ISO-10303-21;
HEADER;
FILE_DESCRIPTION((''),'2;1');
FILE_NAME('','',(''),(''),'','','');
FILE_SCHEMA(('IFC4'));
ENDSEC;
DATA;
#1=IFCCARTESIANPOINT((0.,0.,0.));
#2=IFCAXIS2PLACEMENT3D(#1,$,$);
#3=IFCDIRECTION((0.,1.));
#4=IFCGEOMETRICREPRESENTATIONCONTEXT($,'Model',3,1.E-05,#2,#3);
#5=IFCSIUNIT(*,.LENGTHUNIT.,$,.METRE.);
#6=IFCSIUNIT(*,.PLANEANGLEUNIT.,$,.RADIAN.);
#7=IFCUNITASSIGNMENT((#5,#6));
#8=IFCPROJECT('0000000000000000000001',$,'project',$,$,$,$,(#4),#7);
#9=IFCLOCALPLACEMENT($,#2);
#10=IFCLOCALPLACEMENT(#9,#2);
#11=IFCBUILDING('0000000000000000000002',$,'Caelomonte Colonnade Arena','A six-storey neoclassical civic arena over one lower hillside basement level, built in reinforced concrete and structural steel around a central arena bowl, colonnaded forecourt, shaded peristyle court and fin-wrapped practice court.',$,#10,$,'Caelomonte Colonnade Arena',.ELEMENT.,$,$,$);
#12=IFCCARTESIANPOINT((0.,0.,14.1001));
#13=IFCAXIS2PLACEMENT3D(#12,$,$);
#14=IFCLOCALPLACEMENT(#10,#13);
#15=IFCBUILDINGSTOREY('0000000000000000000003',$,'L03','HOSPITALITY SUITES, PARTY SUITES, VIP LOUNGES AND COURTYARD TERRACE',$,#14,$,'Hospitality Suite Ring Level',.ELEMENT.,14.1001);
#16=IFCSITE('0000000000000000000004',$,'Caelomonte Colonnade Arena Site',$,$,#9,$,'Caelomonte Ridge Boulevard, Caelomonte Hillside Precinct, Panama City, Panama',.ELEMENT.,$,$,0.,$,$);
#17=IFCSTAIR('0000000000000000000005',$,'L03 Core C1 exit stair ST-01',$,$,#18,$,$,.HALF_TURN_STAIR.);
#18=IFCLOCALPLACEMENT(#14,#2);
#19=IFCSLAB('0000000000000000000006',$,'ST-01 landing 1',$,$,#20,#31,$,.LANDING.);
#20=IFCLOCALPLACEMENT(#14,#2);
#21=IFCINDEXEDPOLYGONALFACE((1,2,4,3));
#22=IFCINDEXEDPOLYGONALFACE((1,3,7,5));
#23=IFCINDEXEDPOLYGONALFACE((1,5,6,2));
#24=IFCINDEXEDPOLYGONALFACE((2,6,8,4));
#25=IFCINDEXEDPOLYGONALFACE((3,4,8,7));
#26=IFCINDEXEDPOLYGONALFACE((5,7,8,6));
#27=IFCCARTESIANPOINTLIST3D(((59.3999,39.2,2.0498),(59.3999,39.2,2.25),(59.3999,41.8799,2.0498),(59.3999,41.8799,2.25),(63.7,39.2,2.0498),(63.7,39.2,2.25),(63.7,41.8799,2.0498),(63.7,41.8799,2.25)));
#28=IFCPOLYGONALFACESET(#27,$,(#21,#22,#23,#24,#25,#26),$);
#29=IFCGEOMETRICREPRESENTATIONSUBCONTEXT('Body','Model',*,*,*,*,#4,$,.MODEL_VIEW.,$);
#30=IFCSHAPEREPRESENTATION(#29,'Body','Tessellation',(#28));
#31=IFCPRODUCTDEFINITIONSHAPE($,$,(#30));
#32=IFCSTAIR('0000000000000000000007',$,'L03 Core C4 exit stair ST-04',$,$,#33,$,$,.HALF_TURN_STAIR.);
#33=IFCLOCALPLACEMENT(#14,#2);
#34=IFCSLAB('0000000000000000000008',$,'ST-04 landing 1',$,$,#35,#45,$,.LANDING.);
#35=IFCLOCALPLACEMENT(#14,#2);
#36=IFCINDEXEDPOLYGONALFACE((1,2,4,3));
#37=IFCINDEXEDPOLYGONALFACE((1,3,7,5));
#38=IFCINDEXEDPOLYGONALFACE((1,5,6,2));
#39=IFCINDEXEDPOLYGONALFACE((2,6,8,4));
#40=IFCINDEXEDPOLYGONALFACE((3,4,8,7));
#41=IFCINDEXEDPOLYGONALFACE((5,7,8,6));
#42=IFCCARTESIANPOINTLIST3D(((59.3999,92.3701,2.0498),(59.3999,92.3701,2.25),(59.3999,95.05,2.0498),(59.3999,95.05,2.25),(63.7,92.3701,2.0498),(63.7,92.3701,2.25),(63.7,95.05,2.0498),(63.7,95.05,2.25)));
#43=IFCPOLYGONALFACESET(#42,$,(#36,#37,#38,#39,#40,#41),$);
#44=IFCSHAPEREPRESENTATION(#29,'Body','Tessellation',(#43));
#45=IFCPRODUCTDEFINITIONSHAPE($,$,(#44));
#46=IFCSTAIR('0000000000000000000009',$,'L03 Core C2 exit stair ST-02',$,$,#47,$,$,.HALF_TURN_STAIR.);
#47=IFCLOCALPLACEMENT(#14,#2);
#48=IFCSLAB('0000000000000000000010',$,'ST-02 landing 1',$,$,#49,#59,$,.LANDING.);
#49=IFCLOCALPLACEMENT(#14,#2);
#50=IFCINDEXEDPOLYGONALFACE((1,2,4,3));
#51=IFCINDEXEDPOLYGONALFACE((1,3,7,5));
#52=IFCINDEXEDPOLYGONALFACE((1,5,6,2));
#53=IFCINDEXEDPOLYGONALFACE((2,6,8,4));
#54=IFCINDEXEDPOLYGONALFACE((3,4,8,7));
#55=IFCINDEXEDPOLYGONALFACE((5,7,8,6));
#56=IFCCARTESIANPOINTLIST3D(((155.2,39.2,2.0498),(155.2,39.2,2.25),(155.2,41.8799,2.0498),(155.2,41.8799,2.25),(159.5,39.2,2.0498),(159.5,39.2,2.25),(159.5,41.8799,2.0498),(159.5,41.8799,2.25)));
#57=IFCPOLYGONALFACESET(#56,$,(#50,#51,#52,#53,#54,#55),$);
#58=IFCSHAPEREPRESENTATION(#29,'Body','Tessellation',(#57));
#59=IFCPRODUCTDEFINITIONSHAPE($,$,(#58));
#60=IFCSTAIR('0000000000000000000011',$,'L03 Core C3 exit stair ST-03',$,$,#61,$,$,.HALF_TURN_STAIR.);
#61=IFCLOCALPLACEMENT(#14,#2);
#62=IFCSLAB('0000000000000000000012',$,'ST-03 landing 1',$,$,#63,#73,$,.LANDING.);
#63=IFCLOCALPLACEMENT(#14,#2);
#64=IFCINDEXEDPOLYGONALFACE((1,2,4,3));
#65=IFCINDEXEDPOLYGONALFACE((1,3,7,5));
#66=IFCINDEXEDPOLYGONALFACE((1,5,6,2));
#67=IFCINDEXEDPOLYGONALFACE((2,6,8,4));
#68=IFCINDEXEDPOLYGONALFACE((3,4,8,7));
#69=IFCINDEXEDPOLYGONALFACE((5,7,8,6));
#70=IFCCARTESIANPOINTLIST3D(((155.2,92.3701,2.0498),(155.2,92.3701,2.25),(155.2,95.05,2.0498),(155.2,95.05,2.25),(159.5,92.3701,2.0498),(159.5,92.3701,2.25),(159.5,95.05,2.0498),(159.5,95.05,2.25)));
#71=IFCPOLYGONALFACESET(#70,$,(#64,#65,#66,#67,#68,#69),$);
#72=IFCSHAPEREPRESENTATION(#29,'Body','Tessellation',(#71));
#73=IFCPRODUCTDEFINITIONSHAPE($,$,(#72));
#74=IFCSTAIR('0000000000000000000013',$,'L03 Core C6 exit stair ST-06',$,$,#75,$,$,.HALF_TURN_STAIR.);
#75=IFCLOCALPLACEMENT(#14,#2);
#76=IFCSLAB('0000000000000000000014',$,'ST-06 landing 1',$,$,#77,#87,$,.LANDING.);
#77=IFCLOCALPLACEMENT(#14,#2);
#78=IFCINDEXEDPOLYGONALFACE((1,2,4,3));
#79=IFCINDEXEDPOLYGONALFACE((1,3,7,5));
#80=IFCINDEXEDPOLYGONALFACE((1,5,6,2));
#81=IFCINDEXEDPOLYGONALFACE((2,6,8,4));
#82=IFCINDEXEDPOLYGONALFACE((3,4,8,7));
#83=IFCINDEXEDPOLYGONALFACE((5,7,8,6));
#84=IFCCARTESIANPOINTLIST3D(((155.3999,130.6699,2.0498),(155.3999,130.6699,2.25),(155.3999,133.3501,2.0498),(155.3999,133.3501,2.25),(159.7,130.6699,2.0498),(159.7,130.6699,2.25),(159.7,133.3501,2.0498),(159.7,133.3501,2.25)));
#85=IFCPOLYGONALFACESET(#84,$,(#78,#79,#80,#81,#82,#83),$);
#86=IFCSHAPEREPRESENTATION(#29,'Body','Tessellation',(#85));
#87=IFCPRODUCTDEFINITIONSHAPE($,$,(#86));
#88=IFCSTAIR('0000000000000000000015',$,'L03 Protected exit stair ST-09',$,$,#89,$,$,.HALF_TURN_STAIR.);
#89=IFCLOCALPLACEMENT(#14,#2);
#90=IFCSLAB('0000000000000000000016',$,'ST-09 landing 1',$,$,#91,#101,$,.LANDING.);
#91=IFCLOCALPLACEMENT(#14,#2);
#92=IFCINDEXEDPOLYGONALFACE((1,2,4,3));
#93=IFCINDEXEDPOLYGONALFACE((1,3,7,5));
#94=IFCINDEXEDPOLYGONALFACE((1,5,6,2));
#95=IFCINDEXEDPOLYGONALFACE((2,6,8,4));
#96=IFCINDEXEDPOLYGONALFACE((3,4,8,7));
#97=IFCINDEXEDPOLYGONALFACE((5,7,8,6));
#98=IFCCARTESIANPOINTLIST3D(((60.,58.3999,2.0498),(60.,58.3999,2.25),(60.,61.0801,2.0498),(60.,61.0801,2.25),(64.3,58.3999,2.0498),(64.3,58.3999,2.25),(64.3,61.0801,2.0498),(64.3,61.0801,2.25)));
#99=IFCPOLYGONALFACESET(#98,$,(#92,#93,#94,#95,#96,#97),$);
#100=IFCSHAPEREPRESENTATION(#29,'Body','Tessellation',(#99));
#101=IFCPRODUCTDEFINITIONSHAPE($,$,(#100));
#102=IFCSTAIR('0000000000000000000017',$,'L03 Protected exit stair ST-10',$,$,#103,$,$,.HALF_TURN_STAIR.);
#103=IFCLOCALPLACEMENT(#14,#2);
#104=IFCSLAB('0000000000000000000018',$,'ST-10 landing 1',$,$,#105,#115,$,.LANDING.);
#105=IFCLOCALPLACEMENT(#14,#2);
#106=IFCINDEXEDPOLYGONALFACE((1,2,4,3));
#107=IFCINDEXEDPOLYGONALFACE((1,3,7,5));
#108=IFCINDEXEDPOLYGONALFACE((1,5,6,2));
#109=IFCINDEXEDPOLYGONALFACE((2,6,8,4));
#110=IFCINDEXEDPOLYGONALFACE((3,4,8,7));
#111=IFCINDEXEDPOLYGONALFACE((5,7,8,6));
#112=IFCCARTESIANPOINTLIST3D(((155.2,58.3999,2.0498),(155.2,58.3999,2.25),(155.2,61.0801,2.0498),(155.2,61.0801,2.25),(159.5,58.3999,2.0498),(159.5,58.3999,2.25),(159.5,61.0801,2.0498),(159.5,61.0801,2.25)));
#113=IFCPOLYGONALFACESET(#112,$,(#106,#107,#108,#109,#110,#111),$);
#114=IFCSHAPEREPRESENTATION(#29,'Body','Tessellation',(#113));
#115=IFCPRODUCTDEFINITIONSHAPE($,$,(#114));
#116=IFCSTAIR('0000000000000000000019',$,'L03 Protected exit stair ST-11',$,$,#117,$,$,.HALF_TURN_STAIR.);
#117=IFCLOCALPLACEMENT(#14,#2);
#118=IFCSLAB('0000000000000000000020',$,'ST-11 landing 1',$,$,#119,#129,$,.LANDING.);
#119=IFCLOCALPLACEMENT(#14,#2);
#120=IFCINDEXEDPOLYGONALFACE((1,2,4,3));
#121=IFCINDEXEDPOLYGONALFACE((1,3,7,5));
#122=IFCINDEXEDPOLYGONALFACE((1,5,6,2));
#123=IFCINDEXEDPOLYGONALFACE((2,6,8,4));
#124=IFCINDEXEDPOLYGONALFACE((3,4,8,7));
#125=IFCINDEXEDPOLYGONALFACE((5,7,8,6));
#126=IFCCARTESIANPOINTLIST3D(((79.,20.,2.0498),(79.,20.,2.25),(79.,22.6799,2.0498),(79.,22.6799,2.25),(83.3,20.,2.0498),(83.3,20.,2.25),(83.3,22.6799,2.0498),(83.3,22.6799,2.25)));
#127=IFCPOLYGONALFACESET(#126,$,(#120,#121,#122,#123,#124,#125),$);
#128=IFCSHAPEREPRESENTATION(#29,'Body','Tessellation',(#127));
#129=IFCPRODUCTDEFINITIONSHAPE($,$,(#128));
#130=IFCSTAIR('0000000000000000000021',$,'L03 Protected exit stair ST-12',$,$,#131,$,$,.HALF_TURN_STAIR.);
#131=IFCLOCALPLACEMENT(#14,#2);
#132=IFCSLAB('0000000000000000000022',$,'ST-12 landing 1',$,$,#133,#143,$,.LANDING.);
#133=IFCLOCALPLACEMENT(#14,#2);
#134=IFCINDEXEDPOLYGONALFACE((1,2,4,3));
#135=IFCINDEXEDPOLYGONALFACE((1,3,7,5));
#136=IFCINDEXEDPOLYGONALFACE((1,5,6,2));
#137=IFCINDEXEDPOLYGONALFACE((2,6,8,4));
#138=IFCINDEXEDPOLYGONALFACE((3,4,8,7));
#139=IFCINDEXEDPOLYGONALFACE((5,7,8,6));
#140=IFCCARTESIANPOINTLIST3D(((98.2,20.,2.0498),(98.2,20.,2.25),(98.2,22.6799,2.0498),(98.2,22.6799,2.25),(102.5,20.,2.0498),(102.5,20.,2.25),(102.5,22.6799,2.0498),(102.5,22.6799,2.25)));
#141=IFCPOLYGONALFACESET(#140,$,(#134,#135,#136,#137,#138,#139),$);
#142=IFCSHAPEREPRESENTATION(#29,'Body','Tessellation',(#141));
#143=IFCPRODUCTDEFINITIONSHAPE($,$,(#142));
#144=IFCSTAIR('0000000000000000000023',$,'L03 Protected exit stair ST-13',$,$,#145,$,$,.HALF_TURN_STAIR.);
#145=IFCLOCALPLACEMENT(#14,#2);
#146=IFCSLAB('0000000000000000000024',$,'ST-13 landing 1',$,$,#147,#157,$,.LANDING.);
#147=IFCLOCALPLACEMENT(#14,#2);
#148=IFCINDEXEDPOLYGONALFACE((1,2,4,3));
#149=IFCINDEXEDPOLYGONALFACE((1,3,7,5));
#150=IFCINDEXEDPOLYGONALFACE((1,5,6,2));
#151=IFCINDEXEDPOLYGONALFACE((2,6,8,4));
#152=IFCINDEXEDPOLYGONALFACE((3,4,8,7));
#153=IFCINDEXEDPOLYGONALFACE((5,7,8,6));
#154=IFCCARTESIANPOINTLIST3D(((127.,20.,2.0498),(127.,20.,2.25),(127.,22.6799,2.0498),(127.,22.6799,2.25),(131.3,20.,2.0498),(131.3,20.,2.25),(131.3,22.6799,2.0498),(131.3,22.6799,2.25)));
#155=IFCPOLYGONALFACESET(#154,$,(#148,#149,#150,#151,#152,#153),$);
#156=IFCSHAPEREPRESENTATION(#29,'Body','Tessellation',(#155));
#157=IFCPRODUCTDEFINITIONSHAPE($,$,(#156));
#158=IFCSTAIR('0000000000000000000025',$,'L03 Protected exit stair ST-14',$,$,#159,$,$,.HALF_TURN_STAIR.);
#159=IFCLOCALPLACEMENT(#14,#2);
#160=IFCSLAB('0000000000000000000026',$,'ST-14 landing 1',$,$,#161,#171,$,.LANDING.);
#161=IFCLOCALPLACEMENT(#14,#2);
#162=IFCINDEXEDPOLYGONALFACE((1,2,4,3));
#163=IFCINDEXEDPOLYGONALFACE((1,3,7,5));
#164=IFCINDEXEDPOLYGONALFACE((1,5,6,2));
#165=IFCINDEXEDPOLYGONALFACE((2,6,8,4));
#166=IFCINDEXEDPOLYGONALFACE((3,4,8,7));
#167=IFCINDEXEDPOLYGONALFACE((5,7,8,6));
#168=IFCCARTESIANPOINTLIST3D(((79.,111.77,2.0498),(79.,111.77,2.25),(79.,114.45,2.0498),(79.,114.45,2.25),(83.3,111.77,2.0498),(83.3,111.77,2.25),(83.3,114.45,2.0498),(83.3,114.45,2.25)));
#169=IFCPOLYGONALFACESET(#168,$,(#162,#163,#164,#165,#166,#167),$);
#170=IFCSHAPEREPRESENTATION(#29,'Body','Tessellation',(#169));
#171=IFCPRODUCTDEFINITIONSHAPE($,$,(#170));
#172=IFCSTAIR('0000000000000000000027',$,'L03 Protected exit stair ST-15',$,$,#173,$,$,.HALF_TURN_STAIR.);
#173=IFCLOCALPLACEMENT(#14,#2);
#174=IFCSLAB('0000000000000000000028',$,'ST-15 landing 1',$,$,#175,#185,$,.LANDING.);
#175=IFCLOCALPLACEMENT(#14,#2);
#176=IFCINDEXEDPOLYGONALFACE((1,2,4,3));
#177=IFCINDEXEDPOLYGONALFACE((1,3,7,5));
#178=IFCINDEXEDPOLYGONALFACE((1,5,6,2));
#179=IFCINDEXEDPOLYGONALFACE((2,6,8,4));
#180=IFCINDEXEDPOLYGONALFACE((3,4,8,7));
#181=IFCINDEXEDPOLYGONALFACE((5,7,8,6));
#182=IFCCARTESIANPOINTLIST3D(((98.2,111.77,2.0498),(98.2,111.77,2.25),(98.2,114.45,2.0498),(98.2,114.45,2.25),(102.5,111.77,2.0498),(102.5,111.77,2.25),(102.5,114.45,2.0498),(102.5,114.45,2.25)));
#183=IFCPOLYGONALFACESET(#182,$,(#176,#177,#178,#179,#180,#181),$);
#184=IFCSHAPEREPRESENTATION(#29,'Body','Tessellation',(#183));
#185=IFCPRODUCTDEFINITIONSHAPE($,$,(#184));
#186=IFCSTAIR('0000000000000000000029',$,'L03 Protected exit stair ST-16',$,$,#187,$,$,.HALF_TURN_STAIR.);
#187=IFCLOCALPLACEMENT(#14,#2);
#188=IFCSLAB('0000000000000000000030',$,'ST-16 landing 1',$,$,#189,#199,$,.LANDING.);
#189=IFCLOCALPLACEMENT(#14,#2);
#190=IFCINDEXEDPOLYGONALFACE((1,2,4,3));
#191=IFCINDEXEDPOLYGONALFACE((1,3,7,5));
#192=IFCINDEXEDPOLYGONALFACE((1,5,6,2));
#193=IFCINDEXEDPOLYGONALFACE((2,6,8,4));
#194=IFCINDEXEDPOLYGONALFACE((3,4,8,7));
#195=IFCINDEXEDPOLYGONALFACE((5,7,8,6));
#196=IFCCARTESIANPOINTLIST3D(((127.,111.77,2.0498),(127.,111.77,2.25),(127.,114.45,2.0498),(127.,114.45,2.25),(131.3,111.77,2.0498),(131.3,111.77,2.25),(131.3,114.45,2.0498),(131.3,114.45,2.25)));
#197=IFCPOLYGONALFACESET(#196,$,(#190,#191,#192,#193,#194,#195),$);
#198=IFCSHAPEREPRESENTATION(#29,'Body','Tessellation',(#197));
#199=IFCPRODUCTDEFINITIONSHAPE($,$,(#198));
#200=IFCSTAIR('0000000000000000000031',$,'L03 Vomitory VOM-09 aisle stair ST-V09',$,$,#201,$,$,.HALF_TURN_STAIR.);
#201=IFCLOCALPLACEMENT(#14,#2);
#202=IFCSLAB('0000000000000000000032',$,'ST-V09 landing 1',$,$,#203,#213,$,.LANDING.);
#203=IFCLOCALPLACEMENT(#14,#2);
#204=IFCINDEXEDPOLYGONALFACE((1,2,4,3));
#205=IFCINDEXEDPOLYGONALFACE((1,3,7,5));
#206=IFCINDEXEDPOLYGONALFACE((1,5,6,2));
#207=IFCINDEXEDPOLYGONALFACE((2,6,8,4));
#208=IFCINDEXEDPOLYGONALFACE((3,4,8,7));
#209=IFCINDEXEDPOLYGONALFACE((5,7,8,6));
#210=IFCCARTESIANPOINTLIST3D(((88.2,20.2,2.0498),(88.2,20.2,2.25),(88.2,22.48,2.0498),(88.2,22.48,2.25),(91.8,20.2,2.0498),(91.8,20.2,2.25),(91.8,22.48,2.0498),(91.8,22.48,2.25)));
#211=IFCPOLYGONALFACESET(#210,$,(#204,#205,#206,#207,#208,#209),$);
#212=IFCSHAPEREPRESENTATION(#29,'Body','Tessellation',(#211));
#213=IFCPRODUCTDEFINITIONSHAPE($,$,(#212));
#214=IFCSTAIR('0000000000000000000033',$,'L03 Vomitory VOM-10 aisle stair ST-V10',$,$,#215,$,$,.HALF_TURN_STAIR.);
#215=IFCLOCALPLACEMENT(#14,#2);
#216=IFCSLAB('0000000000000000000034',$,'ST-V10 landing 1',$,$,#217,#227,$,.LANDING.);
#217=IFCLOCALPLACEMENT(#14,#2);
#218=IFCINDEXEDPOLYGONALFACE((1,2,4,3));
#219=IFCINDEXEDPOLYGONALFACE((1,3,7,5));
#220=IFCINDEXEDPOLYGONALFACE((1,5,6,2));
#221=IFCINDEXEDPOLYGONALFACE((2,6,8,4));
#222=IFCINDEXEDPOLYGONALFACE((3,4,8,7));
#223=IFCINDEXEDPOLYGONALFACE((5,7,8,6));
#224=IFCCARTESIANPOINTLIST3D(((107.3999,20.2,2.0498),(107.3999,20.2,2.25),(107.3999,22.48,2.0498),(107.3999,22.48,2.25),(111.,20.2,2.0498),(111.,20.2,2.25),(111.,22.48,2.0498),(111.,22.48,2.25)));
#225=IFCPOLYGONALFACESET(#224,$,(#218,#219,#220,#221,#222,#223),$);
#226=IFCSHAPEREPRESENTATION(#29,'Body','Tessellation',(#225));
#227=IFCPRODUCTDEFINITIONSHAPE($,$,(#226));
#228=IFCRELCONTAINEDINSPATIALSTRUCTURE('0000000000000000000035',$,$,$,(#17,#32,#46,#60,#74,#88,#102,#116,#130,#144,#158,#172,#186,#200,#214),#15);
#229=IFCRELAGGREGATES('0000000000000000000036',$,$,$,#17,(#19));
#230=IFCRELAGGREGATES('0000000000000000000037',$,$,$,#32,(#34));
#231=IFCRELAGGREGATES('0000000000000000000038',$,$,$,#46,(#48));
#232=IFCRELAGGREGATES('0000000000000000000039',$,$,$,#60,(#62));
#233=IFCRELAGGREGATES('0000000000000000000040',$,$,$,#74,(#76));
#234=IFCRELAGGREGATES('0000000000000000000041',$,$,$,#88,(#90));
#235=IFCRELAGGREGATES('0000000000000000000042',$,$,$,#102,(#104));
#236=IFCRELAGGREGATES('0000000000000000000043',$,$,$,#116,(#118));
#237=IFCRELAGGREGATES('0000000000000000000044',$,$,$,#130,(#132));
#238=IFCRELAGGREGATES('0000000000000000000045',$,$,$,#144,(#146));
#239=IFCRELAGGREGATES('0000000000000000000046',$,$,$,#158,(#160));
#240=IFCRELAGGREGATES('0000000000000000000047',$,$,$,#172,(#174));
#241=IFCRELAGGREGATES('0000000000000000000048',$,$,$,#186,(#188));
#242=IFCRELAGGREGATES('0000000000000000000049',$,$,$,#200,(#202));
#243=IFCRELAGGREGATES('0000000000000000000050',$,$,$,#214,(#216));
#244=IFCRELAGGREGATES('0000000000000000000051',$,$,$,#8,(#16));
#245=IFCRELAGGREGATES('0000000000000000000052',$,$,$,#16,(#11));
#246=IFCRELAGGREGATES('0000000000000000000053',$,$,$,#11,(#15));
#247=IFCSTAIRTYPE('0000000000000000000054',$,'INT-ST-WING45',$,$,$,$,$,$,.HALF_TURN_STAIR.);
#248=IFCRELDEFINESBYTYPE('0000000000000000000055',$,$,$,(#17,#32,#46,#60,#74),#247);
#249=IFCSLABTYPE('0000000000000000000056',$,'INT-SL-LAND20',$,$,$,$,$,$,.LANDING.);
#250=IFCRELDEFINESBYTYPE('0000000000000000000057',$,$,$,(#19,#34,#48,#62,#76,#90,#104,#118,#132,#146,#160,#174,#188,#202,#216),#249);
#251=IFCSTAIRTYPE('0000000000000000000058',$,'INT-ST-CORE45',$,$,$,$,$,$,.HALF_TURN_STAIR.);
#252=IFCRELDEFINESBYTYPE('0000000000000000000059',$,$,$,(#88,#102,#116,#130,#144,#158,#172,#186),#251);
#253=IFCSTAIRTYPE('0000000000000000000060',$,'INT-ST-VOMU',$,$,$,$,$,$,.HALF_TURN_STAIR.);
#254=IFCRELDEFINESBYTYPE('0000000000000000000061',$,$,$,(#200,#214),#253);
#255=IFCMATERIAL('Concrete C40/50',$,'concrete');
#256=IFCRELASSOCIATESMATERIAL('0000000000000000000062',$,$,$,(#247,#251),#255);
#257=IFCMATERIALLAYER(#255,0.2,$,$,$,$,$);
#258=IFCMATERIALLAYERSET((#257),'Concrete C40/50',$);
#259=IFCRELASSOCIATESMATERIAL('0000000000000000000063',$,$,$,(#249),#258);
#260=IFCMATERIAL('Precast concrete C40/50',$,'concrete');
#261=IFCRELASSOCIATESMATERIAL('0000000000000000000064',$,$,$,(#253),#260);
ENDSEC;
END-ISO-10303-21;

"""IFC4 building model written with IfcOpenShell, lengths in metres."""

from ifc_helpers import new_model, si_unit, direction, frame, origin, place, context, subcontext, project, spatial, polyline, outline, extrude, material, layer, layer_set, type_object, element, aggregate, save


model = new_model("IFC4")

# Units and contexts
model_context = context("Model", 3, precision=1e-05, world=origin(), true_north=direction((0.0, 1.0)))
body_context = subcontext(model_context, "Body", "Model", "MODEL_VIEW")
ifc_project = project(units=[si_unit("LENGTHUNIT", "METRE"), si_unit("PLANEANGLEUNIT", "RADIAN")], contexts=[model_context])

# Site, building, storey
site_placement = place(None, origin())
site = spatial("IfcSite", under=ifc_project, at=site_placement, Name="Caelomonte Colonnade Arena Site", LongName="Caelomonte Ridge Boulevard, Caelomonte Hillside Precinct, Panama City, Panama", CompositionType="ELEMENT", RefElevation=0.0)
building_placement = place(site_placement, origin())
building = spatial("IfcBuilding", under=site, at=building_placement, Name="Caelomonte Colonnade Arena", Description="A six-storey neoclassical civic arena over one lower hillside basement level, built in reinforced concrete and structural steel around a central arena bowl, colonnaded forecourt, shaded peristyle court and fin-wrapped practice court.", LongName="Caelomonte Colonnade Arena", CompositionType="ELEMENT")
storey_placement = place(building_placement, frame((0.0, 0.0, 14.1001)))
storey = spatial("IfcBuildingStorey", under=building, at=storey_placement, Name="L03", Description="HOSPITALITY SUITES, PARTY SUITES, VIP LOUNGES AND COURTYARD TERRACE", LongName="Hospitality Suite Ring Level", CompositionType="ELEMENT", Elevation=14.1001)

# Stairs, slabs
ifc_material_1 = material(Name="Concrete C40/50", Category="concrete")
stair_type_1 = type_object("IfcStairType", Name="INT-ST-WING45", PredefinedType="HALF_TURN_STAIR", material=ifc_material_1)
stair_1_placement = place(storey_placement, origin())
stair_1 = element("IfcStair", 1, at=stair_1_placement, inside=storey, type_object=stair_type_1, Name="L03 Core C1 exit stair ST-01", PredefinedType="HALF_TURN_STAIR")
ifc_layer_1 = layer(ifc_material_1, 0.2)
ifc_layer_set_1 = layer_set([ifc_layer_1], Name="Concrete C40/50")
slab_type_1 = type_object("IfcSlabType", Name="INT-SL-LAND20", PredefinedType="LANDING", material=ifc_layer_set_1)
slab_1_placement = place(storey_placement, frame((0.0, 0.0, 2.0498)))
slab_1 = element("IfcSlab", 2, at=slab_1_placement, type_object=slab_type_1, Name="ST-01 landing 1", PredefinedType="LANDING", context=body_context, shape_type="SweptSolid", body=[
    extrude(outline(polyline([(59.3999, 41.8799), (59.3999, 39.2), (63.7, 39.2), (63.7, 41.8799), (59.3999, 41.8799)])), origin(), (0.0, 0.0, 1.0), 0.2002),
])
aggregate(stair_1, [slab_1])
stair_2_placement = place(storey_placement, origin())
stair_2 = element("IfcStair", 3, at=stair_2_placement, inside=storey, type_object=stair_type_1, Name="L03 Core C4 exit stair ST-04", PredefinedType="HALF_TURN_STAIR")
slab_2_placement = place(storey_placement, frame((0.0, 0.0, 2.0498)))
slab_2 = element("IfcSlab", 4, at=slab_2_placement, type_object=slab_type_1, Name="ST-04 landing 1", PredefinedType="LANDING", context=body_context, shape_type="SweptSolid", body=[
    extrude(outline(polyline([(63.7, 92.3701), (63.7, 95.05), (59.3999, 95.05), (59.3999, 92.3701), (63.7, 92.3701)])), origin(), (0.0, 0.0, 1.0), 0.2002),
])
aggregate(stair_2, [slab_2])
stair_3_placement = place(storey_placement, origin())
stair_3 = element("IfcStair", 5, at=stair_3_placement, inside=storey, type_object=stair_type_1, Name="L03 Core C2 exit stair ST-02", PredefinedType="HALF_TURN_STAIR")
slab_3_placement = place(storey_placement, frame((0.0, 0.0, 2.0498)))
slab_3 = element("IfcSlab", 6, at=slab_3_placement, type_object=slab_type_1, Name="ST-02 landing 1", PredefinedType="LANDING", context=body_context, shape_type="SweptSolid", body=[
    extrude(outline(polyline([(155.2, 41.8799), (155.2, 39.2), (159.5, 39.2), (159.5, 41.8799), (155.2, 41.8799)])), origin(), (0.0, 0.0, 1.0), 0.2002),
])
aggregate(stair_3, [slab_3])
stair_4_placement = place(storey_placement, origin())
stair_4 = element("IfcStair", 7, at=stair_4_placement, inside=storey, type_object=stair_type_1, Name="L03 Core C3 exit stair ST-03", PredefinedType="HALF_TURN_STAIR")
slab_4_placement = place(storey_placement, frame((0.0, 0.0, 2.0498)))
slab_4 = element("IfcSlab", 8, at=slab_4_placement, type_object=slab_type_1, Name="ST-03 landing 1", PredefinedType="LANDING", context=body_context, shape_type="SweptSolid", body=[
    extrude(outline(polyline([(159.5, 92.3701), (159.5, 95.05), (155.2, 95.05), (155.2, 92.3701), (159.5, 92.3701)])), origin(), (0.0, 0.0, 1.0), 0.2002),
])
aggregate(stair_4, [slab_4])
stair_5_placement = place(storey_placement, origin())
stair_5 = element("IfcStair", 9, at=stair_5_placement, inside=storey, type_object=stair_type_1, Name="L03 Core C6 exit stair ST-06", PredefinedType="HALF_TURN_STAIR")
slab_5_placement = place(storey_placement, frame((0.0, 0.0, 2.0498)))
slab_5 = element("IfcSlab", 10, at=slab_5_placement, type_object=slab_type_1, Name="ST-06 landing 1", PredefinedType="LANDING", context=body_context, shape_type="SweptSolid", body=[
    extrude(outline(polyline([(159.7, 130.6699), (159.7, 133.3501), (155.3999, 133.3501), (155.3999, 130.6699), (159.7, 130.6699)])), origin(), (0.0, 0.0, 1.0), 0.2002),
])
aggregate(stair_5, [slab_5])
stair_type_2 = type_object("IfcStairType", Name="INT-ST-CORE45", PredefinedType="HALF_TURN_STAIR", material=ifc_material_1)
stair_6_placement = place(storey_placement, origin())
stair_6 = element("IfcStair", 11, at=stair_6_placement, inside=storey, type_object=stair_type_2, Name="L03 Protected exit stair ST-09", PredefinedType="HALF_TURN_STAIR")
slab_6_placement = place(storey_placement, frame((0.0, 0.0, 2.0498)))
slab_6 = element("IfcSlab", 12, at=slab_6_placement, type_object=slab_type_1, Name="ST-09 landing 1", PredefinedType="LANDING", context=body_context, shape_type="SweptSolid", body=[
    extrude(outline(polyline([(60.0, 61.0801), (60.0, 58.3999), (64.3, 58.3999), (64.3, 61.0801), (60.0, 61.0801)])), origin(), (0.0, 0.0, 1.0), 0.2002),
])
aggregate(stair_6, [slab_6])
stair_7_placement = place(storey_placement, origin())
stair_7 = element("IfcStair", 13, at=stair_7_placement, inside=storey, type_object=stair_type_2, Name="L03 Protected exit stair ST-10", PredefinedType="HALF_TURN_STAIR")
slab_7_placement = place(storey_placement, frame((0.0, 0.0, 2.0498)))
slab_7 = element("IfcSlab", 14, at=slab_7_placement, type_object=slab_type_1, Name="ST-10 landing 1", PredefinedType="LANDING", context=body_context, shape_type="SweptSolid", body=[
    extrude(outline(polyline([(155.2, 61.0801), (155.2, 58.3999), (159.5, 58.3999), (159.5, 61.0801), (155.2, 61.0801)])), origin(), (0.0, 0.0, 1.0), 0.2002),
])
aggregate(stair_7, [slab_7])
stair_8_placement = place(storey_placement, origin())
stair_8 = element("IfcStair", 15, at=stair_8_placement, inside=storey, type_object=stair_type_2, Name="L03 Protected exit stair ST-11", PredefinedType="HALF_TURN_STAIR")
slab_8_placement = place(storey_placement, frame((0.0, 0.0, 2.0498)))
slab_8 = element("IfcSlab", 16, at=slab_8_placement, type_object=slab_type_1, Name="ST-11 landing 1", PredefinedType="LANDING", context=body_context, shape_type="SweptSolid", body=[
    extrude(outline(polyline([(79.0, 22.6799), (79.0, 20.0), (83.3, 20.0), (83.3, 22.6799), (79.0, 22.6799)])), origin(), (0.0, 0.0, 1.0), 0.2002),
])
aggregate(stair_8, [slab_8])
stair_9_placement = place(storey_placement, origin())
stair_9 = element("IfcStair", 17, at=stair_9_placement, inside=storey, type_object=stair_type_2, Name="L03 Protected exit stair ST-12", PredefinedType="HALF_TURN_STAIR")
slab_9_placement = place(storey_placement, frame((0.0, 0.0, 2.0498)))
slab_9 = element("IfcSlab", 18, at=slab_9_placement, type_object=slab_type_1, Name="ST-12 landing 1", PredefinedType="LANDING", context=body_context, shape_type="SweptSolid", body=[
    extrude(outline(polyline([(98.2, 22.6799), (98.2, 20.0), (102.5, 20.0), (102.5, 22.6799), (98.2, 22.6799)])), origin(), (0.0, 0.0, 1.0), 0.2002),
])
aggregate(stair_9, [slab_9])
stair_10_placement = place(storey_placement, origin())
stair_10 = element("IfcStair", 19, at=stair_10_placement, inside=storey, type_object=stair_type_2, Name="L03 Protected exit stair ST-13", PredefinedType="HALF_TURN_STAIR")
slab_10_placement = place(storey_placement, frame((0.0, 0.0, 2.0498)))
slab_10 = element("IfcSlab", 20, at=slab_10_placement, type_object=slab_type_1, Name="ST-13 landing 1", PredefinedType="LANDING", context=body_context, shape_type="SweptSolid", body=[
    extrude(outline(polyline([(127.0, 22.6799), (127.0, 20.0), (131.3, 20.0), (131.3, 22.6799), (127.0, 22.6799)])), origin(), (0.0, 0.0, 1.0), 0.2002),
])
aggregate(stair_10, [slab_10])
stair_11_placement = place(storey_placement, origin())
stair_11 = element("IfcStair", 21, at=stair_11_placement, inside=storey, type_object=stair_type_2, Name="L03 Protected exit stair ST-14", PredefinedType="HALF_TURN_STAIR")
slab_11_placement = place(storey_placement, frame((0.0, 0.0, 2.0498)))
slab_11 = element("IfcSlab", 22, at=slab_11_placement, type_object=slab_type_1, Name="ST-14 landing 1", PredefinedType="LANDING", context=body_context, shape_type="SweptSolid", body=[
    extrude(outline(polyline([(83.3, 111.77), (83.3, 114.45), (79.0, 114.45), (79.0, 111.77), (83.3, 111.77)])), origin(), (0.0, 0.0, 1.0), 0.2002),
])
aggregate(stair_11, [slab_11])
stair_12_placement = place(storey_placement, origin())
stair_12 = element("IfcStair", 23, at=stair_12_placement, inside=storey, type_object=stair_type_2, Name="L03 Protected exit stair ST-15", PredefinedType="HALF_TURN_STAIR")
slab_12_placement = place(storey_placement, frame((0.0, 0.0, 2.0498)))
slab_12 = element("IfcSlab", 24, at=slab_12_placement, type_object=slab_type_1, Name="ST-15 landing 1", PredefinedType="LANDING", context=body_context, shape_type="SweptSolid", body=[
    extrude(outline(polyline([(102.5, 111.77), (102.5, 114.45), (98.2, 114.45), (98.2, 111.77), (102.5, 111.77)])), origin(), (0.0, 0.0, 1.0), 0.2002),
])
aggregate(stair_12, [slab_12])
stair_13_placement = place(storey_placement, origin())
stair_13 = element("IfcStair", 25, at=stair_13_placement, inside=storey, type_object=stair_type_2, Name="L03 Protected exit stair ST-16", PredefinedType="HALF_TURN_STAIR")
slab_13_placement = place(storey_placement, frame((0.0, 0.0, 2.0498)))
slab_13 = element("IfcSlab", 26, at=slab_13_placement, type_object=slab_type_1, Name="ST-16 landing 1", PredefinedType="LANDING", context=body_context, shape_type="SweptSolid", body=[
    extrude(outline(polyline([(131.3, 111.77), (131.3, 114.45), (127.0, 114.45), (127.0, 111.77), (131.3, 111.77)])), origin(), (0.0, 0.0, 1.0), 0.2002),
])
aggregate(stair_13, [slab_13])
ifc_material_2 = material(Name="Precast concrete C40/50", Category="concrete")
stair_type_3 = type_object("IfcStairType", Name="INT-ST-VOMU", PredefinedType="HALF_TURN_STAIR", material=ifc_material_2)
stair_14_placement = place(storey_placement, origin())
stair_14 = element("IfcStair", 27, at=stair_14_placement, inside=storey, type_object=stair_type_3, Name="L03 Vomitory VOM-09 aisle stair ST-V09", PredefinedType="HALF_TURN_STAIR")
slab_14_placement = place(storey_placement, frame((0.0, 0.0, 2.0498)))
slab_14 = element("IfcSlab", 28, at=slab_14_placement, type_object=slab_type_1, Name="ST-V09 landing 1", PredefinedType="LANDING", context=body_context, shape_type="SweptSolid", body=[
    extrude(outline(polyline([(88.2, 22.48), (88.2, 20.2), (91.8, 20.2), (91.8, 22.48), (88.2, 22.48)])), origin(), (0.0, 0.0, 1.0), 0.2002),
])
aggregate(stair_14, [slab_14])
stair_15_placement = place(storey_placement, origin())
stair_15 = element("IfcStair", 29, at=stair_15_placement, inside=storey, type_object=stair_type_3, Name="L03 Vomitory VOM-10 aisle stair ST-V10", PredefinedType="HALF_TURN_STAIR")
slab_15_placement = place(storey_placement, frame((0.0, 0.0, 2.0498)))
slab_15 = element("IfcSlab", 30, at=slab_15_placement, type_object=slab_type_1, Name="ST-V10 landing 1", PredefinedType="LANDING", context=body_context, shape_type="SweptSolid", body=[
    extrude(outline(polyline([(107.3999, 22.48), (107.3999, 20.2), (111.0, 20.2), (111.0, 22.48), (107.3999, 22.48)])), origin(), (0.0, 0.0, 1.0), 0.2002),
])
aggregate(stair_15, [slab_15])

save(model, "model.ifc")
